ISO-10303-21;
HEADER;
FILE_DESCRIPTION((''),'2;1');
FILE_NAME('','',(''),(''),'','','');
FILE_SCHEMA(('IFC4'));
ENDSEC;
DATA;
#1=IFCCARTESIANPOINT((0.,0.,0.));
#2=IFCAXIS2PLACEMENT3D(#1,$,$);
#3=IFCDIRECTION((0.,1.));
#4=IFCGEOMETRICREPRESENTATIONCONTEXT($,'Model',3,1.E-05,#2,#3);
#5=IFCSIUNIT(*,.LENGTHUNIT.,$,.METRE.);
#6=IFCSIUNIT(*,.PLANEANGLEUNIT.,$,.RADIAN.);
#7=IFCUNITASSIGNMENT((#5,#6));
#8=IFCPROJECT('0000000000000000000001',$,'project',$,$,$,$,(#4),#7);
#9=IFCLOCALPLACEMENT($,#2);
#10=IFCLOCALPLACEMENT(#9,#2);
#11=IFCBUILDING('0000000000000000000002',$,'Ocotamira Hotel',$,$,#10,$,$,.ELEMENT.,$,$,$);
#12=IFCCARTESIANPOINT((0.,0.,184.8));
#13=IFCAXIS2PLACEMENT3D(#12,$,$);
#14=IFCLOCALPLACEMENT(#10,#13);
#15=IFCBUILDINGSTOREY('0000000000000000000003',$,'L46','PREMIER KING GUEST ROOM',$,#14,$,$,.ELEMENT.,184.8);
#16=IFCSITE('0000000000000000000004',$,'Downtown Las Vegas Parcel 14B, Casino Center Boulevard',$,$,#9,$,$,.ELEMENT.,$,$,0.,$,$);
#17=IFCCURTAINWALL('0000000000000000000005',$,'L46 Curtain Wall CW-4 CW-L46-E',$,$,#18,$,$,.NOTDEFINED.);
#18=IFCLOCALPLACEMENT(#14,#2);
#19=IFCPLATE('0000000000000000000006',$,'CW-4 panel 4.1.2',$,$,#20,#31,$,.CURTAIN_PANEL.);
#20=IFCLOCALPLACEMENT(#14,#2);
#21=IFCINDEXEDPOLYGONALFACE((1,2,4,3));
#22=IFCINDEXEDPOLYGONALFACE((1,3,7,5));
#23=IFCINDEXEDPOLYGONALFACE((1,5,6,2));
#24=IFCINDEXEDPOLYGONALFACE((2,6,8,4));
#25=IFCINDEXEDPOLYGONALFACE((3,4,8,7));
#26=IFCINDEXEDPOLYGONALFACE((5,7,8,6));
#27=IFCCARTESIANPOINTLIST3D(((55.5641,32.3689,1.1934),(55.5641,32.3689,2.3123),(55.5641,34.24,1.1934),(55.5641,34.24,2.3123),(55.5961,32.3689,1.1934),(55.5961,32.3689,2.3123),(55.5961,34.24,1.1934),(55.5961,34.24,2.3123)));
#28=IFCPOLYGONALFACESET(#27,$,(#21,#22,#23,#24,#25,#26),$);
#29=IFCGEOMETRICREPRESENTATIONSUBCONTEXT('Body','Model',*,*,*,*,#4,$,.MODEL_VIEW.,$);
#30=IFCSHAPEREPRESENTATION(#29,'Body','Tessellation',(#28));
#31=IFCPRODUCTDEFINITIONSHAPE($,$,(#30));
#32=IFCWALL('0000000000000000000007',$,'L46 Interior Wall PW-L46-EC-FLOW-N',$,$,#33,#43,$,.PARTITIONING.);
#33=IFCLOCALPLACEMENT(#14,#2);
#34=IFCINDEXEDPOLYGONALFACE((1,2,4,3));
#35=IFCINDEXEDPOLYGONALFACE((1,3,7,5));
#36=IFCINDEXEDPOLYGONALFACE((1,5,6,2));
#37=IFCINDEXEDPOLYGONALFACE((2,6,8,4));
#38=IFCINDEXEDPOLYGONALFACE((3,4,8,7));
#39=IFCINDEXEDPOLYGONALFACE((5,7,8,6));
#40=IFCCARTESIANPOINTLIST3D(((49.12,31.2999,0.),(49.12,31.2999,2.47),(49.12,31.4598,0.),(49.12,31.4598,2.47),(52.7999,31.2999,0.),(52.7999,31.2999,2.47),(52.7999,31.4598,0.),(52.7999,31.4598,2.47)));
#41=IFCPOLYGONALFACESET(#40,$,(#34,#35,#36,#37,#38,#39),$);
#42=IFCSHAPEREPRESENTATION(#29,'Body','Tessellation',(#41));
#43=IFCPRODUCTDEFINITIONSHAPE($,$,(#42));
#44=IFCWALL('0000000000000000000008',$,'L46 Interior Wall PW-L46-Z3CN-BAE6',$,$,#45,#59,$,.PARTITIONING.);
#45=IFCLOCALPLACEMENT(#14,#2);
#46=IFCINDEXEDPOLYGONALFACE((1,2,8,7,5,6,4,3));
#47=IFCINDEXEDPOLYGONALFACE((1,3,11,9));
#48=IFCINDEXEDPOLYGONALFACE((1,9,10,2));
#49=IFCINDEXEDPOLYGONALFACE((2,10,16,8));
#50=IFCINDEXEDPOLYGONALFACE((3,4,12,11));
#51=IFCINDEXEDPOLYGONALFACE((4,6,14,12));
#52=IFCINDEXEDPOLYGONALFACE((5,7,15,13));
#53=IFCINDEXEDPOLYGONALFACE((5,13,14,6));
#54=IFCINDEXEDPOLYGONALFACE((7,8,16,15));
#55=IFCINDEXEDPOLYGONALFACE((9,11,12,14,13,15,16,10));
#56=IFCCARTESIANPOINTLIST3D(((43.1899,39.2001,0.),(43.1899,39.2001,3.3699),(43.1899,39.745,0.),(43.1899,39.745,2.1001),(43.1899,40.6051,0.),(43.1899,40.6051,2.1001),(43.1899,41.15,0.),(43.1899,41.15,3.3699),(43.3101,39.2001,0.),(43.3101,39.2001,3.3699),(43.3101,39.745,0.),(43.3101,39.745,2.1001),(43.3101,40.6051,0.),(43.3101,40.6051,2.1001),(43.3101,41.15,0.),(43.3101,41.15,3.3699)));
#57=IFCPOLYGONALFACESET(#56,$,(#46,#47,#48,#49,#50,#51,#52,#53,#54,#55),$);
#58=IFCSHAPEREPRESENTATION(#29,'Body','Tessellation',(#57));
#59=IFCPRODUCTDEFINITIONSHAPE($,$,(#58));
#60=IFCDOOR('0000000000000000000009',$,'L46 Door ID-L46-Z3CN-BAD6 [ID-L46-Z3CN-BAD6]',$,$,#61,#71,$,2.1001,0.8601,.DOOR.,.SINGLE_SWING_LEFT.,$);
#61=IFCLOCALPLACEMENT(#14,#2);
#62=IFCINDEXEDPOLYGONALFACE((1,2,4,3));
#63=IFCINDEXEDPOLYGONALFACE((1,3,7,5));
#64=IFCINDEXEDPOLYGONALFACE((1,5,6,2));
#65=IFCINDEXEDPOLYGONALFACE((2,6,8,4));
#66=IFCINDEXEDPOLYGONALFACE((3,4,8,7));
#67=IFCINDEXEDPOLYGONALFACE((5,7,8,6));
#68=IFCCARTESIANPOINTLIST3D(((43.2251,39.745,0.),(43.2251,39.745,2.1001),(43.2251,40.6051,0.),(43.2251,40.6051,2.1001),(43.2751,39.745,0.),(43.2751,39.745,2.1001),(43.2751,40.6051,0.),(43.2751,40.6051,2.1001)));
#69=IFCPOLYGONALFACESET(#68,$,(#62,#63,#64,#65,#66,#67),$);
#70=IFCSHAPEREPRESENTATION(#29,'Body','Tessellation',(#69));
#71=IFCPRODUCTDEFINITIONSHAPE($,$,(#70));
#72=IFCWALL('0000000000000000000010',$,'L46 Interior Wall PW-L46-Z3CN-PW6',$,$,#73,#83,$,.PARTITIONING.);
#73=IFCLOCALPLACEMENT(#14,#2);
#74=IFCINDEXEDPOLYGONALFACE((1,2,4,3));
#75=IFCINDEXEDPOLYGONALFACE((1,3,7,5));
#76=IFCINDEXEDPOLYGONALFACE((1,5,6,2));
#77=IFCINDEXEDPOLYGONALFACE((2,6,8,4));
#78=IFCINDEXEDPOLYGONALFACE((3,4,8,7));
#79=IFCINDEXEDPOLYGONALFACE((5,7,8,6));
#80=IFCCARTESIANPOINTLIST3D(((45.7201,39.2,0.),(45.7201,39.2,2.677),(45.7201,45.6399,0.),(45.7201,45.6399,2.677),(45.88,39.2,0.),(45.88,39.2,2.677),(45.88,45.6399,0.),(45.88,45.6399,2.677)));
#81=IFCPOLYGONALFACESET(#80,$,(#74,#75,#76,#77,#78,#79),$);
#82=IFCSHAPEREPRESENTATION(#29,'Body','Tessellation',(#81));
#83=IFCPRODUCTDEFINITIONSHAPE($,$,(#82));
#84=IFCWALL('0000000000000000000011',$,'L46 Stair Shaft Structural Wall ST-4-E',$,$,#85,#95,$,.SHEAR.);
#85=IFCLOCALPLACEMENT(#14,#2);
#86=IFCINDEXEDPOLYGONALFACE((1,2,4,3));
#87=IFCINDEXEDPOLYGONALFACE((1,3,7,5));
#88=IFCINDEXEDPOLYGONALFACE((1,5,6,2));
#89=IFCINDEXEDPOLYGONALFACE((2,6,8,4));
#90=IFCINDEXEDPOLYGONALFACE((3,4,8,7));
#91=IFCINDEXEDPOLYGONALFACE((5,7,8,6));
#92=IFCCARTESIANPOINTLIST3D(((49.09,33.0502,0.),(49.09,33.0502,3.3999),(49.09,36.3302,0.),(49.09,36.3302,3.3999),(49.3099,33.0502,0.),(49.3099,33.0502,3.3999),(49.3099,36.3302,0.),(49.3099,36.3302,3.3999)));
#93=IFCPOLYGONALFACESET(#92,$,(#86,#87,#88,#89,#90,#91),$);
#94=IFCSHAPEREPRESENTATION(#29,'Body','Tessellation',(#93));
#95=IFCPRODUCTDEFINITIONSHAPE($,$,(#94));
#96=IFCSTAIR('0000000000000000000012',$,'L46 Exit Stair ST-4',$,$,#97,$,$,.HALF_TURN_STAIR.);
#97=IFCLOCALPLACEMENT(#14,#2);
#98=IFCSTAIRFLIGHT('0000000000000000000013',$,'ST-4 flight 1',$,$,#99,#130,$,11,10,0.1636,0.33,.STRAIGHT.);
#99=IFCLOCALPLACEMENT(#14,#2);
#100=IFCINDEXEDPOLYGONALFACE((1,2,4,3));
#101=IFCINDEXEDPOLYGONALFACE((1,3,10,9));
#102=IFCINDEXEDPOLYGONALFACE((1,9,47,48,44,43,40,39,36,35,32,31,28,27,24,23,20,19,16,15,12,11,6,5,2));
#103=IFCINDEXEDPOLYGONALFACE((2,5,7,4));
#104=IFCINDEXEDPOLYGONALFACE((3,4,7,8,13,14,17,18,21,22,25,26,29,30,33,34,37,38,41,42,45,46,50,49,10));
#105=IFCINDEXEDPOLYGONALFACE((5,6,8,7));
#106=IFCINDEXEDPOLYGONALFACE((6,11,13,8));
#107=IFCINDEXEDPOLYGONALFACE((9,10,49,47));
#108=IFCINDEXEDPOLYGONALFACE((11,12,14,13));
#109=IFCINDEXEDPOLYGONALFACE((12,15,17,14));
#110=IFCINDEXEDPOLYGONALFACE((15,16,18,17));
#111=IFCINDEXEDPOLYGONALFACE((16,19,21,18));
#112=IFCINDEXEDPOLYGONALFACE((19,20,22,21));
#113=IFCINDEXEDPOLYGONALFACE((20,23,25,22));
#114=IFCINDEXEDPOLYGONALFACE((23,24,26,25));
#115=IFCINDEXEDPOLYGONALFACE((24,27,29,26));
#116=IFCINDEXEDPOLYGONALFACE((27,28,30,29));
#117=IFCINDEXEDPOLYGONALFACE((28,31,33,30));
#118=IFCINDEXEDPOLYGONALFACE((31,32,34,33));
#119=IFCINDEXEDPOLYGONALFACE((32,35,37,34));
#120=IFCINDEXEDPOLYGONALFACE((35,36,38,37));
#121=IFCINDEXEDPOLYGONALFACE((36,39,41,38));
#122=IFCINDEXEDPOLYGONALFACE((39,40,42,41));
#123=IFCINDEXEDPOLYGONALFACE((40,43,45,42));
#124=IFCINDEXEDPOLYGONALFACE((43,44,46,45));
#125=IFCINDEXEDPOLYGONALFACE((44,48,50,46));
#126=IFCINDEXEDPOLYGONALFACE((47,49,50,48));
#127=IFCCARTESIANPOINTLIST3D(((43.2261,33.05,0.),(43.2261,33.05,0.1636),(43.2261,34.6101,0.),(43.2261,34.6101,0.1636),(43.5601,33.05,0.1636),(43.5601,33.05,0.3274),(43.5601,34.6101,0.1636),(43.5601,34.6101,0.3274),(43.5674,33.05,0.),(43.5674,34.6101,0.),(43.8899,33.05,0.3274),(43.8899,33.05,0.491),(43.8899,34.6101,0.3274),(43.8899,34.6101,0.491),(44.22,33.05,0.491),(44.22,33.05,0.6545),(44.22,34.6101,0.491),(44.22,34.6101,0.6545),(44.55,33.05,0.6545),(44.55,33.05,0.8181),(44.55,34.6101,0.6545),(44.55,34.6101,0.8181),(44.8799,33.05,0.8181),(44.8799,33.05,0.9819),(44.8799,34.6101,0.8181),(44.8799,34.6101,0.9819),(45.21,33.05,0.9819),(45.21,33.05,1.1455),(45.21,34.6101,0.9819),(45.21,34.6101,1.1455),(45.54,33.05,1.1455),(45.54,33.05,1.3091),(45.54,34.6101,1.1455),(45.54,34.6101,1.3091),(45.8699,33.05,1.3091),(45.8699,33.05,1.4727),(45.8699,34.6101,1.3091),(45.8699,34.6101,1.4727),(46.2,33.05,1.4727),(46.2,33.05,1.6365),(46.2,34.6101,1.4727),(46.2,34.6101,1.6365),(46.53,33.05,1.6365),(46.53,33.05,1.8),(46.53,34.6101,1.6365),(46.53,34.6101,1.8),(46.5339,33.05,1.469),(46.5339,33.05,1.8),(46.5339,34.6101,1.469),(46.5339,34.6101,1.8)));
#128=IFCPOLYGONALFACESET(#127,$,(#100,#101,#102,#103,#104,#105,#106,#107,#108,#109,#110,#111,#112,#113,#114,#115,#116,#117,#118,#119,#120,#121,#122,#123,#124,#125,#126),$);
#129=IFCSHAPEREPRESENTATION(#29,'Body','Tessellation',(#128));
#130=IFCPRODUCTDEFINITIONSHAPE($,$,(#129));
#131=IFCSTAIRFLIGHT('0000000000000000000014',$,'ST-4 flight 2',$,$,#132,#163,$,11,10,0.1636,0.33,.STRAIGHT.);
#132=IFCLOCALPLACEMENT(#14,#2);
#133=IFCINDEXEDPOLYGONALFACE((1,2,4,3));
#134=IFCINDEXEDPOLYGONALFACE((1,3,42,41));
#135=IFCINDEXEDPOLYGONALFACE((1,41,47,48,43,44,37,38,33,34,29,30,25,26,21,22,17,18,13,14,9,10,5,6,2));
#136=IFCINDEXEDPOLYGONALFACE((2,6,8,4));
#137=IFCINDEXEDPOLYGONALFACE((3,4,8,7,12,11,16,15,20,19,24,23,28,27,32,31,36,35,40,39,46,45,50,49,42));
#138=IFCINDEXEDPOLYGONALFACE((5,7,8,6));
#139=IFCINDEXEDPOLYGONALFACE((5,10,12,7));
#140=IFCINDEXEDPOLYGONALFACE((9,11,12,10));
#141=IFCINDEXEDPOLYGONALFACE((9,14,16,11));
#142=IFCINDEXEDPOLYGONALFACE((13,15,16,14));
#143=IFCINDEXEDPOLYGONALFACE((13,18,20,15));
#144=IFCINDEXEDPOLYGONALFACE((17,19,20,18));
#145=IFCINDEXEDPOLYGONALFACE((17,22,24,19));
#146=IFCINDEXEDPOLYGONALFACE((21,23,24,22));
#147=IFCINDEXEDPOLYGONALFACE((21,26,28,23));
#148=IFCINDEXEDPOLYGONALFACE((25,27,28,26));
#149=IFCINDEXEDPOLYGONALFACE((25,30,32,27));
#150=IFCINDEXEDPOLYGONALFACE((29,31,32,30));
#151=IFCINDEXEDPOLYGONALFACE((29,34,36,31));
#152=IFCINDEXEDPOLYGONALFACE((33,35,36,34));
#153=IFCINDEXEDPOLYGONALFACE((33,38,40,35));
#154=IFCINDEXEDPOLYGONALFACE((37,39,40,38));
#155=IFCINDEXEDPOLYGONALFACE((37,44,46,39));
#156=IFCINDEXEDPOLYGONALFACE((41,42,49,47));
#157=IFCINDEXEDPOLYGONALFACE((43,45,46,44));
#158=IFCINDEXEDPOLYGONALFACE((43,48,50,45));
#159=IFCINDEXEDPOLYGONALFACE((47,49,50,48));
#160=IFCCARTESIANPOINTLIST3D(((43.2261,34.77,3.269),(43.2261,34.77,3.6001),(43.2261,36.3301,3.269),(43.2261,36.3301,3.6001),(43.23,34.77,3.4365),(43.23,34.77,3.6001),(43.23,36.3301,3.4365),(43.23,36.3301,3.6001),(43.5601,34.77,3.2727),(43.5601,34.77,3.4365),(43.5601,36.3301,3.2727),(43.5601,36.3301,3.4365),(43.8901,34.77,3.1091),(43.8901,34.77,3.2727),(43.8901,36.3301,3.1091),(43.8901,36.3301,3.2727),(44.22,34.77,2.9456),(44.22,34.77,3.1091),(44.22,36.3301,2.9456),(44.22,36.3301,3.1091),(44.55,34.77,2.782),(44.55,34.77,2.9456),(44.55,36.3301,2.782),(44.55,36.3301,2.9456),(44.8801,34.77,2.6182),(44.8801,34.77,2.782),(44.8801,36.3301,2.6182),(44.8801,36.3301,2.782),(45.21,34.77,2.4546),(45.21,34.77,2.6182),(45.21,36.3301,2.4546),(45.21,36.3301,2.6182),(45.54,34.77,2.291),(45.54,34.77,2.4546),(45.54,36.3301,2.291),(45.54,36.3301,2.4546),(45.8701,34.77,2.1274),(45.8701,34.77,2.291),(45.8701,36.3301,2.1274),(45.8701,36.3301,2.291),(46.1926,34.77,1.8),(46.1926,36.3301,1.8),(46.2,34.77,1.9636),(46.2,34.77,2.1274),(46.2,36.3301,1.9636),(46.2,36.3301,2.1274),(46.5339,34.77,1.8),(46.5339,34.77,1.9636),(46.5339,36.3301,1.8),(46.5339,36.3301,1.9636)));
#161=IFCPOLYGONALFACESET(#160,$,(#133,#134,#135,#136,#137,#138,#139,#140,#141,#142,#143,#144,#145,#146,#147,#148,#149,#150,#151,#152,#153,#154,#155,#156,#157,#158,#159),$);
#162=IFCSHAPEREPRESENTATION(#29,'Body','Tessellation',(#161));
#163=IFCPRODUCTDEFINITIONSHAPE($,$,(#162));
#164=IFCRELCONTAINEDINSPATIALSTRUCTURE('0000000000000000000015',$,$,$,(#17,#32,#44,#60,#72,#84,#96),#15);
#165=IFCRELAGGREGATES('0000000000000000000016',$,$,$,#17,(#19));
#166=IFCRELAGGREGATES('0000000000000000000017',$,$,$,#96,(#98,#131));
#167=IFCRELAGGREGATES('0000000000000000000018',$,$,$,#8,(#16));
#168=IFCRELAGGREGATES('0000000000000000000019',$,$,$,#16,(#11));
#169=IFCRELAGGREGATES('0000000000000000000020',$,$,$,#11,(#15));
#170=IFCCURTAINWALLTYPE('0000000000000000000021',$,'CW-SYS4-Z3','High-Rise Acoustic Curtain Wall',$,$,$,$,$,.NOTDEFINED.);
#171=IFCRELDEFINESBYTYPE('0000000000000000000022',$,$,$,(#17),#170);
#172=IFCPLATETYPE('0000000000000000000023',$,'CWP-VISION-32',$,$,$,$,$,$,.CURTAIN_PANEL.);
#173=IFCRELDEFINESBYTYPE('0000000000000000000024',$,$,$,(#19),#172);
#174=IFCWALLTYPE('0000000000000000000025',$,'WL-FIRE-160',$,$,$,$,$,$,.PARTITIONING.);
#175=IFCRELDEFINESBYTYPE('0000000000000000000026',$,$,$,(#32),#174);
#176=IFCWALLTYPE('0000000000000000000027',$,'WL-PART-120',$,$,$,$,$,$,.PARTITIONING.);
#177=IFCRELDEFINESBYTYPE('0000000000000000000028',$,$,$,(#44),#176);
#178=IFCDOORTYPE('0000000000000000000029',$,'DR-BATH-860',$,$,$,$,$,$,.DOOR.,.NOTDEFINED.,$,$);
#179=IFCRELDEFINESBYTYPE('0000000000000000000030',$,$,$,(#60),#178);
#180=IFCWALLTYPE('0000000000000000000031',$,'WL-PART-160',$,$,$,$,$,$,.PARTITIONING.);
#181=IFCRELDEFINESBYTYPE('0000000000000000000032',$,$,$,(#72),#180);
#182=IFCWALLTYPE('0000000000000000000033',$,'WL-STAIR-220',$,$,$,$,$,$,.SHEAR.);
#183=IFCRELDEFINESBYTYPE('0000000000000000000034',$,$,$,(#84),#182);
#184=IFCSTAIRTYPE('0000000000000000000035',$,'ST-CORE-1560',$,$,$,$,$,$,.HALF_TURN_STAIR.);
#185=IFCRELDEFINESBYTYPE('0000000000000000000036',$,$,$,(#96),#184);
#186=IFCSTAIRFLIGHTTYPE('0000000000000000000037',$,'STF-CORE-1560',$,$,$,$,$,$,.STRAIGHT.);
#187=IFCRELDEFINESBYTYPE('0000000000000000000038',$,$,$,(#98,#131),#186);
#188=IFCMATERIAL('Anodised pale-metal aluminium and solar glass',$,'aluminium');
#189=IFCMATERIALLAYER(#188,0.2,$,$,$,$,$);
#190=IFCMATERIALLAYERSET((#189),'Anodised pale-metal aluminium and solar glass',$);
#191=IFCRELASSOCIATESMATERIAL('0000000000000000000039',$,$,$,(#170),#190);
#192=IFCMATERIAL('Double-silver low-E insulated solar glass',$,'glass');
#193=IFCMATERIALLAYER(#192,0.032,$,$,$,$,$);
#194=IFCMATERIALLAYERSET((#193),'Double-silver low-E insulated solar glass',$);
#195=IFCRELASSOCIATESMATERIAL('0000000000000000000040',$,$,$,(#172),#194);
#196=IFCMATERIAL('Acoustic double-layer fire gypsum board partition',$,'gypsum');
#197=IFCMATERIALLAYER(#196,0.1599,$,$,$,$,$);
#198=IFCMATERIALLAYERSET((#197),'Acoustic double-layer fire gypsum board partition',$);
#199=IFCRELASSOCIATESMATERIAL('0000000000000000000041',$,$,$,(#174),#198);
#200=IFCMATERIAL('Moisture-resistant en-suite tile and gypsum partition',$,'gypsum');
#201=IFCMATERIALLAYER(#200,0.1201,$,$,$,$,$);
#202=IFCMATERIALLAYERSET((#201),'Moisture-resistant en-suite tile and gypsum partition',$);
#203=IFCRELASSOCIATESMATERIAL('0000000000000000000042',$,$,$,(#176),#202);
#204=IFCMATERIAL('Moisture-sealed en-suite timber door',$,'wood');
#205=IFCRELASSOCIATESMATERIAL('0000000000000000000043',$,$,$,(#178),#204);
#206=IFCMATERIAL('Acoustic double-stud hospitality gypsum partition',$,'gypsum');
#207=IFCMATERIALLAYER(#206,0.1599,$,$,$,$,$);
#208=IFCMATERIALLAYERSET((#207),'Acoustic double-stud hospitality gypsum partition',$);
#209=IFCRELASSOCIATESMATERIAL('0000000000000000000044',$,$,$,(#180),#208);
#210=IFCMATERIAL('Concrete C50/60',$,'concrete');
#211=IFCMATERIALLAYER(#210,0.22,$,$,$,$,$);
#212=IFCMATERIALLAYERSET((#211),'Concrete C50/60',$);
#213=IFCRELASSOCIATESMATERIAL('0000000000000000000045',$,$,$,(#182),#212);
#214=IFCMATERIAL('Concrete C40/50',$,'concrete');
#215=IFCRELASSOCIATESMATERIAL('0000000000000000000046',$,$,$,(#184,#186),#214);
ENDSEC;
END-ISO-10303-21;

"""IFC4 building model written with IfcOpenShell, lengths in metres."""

from ifc_helpers import new_model, si_unit, direction, frame, frame_2d, origin, origin_2d, place, context, subcontext, project, spatial, polyline, rectangle, outline, extrude, source, transform, mapped, material, layer, layer_set, type_object, element, fill, aggregate, save


model = new_model("IFC4")

# Units and contexts
model_context = context("Model", 3, precision=1e-05, world=origin(), true_north=direction((0.0, 1.0)))
body_context = subcontext(model_context, "Body", "Model", "MODEL_VIEW")
ifc_project = project(units=[si_unit("LENGTHUNIT", "METRE"), si_unit("PLANEANGLEUNIT", "RADIAN")], contexts=[model_context])

# Site, building, storey
site_placement = place(None, origin())
site = spatial("IfcSite", under=ifc_project, at=site_placement, Name="Downtown Las Vegas Parcel 14B, Casino Center Boulevard", CompositionType="ELEMENT", RefElevation=0.0)
building_placement = place(site_placement, origin())
building = spatial("IfcBuilding", under=site, at=building_placement, Name="Ocotamira Hotel", CompositionType="ELEMENT")
storey_placement = place(building_placement, frame((0.0, 0.0, 184.8)))
storey = spatial("IfcBuildingStorey", under=building, at=storey_placement, Name="L46", Description="PREMIER KING GUEST ROOM", CompositionType="ELEMENT", Elevation=184.8)

# Curtain wall
ifc_material_1 = material(Name="Anodised pale-metal aluminium and solar glass", Category="aluminium")
ifc_layer_1 = layer(ifc_material_1, 0.2)
ifc_layer_set_1 = layer_set([ifc_layer_1], Name="Anodised pale-metal aluminium and solar glass")
curtain_wall_type = type_object("IfcCurtainWallType", Name="CW-SYS4-Z3", Description="High-Rise Acoustic Curtain Wall", PredefinedType="NOTDEFINED", material=ifc_layer_set_1)
curtain_wall_placement = place(storey_placement, origin())
curtain_wall = element("IfcCurtainWall", 1, at=curtain_wall_placement, inside=storey, type_object=curtain_wall_type, Name="L46 Curtain Wall CW-4 CW-L46-E", PredefinedType="NOTDEFINED")

# Plate
ifc_material_2 = material(Name="Double-silver low-E insulated solar glass", Category="glass")
ifc_layer_2 = layer(ifc_material_2, 0.032)
ifc_layer_set_2 = layer_set([ifc_layer_2], Name="Double-silver low-E insulated solar glass")
plate_type_1 = type_object("IfcPlateType", Name="CWP-VISION-32", PredefinedType="CURTAIN_PANEL", material=ifc_layer_set_2)
shared_shape_1 = source(origin(), body_context, "Body", "SweptSolid", [
    extrude(rectangle(XDim=1.8711, YDim=0.032, at=origin_2d()), origin(), (0.0, 0.0, 1.0), 1.1189),
])
plate_1_placement = place(storey_placement, frame((55.5801, 33.3044, 1.1934), z_axis=(0.0, 0.0, 1.0), x_axis=(0.0, 1.0, 0.0)))
plate_1 = element("IfcPlate", 2, at=plate_1_placement, type_object=plate_type_1, Name="CW-4 panel 4.1.2", PredefinedType="CURTAIN_PANEL", context=body_context, shape_type="MappedRepresentation", body=[
    mapped(shared_shape_1, transform((0.0, 0.0, 0.0), scale=1.0)),
])
aggregate(curtain_wall, [plate_1])

# Wall
ifc_material_3 = material(Name="Acoustic double-layer fire gypsum board partition", Category="gypsum")
ifc_layer_3 = layer(ifc_material_3, 0.1599)
ifc_layer_set_3 = layer_set([ifc_layer_3], Name="Acoustic double-layer fire gypsum board partition")
wall_type_1 = type_object("IfcWallType", Name="WL-FIRE-160", PredefinedType="PARTITIONING", material=ifc_layer_set_3)
wall_1_placement = place(storey_placement, frame((49.1201, 31.3799, 0.0), z_axis=(0.0, 0.0, 1.0), x_axis=(1.0, 0.0, 0.0)))
element("IfcWall", 3, at=wall_1_placement, inside=storey, type_object=wall_type_1, Name="L46 Interior Wall PW-L46-EC-FLOW-N", PredefinedType="PARTITIONING", context=body_context, shape_type="SweptSolid", body=[
    extrude(rectangle(XDim=3.6799, YDim=0.1599, at=frame_2d((1.8398, 0.0))), origin(), (0.0, 0.0, 1.0), 2.47),
])

# Wall, opening, door
ifc_material_4 = material(Name="Moisture-resistant en-suite tile and gypsum partition", Category="gypsum")
ifc_layer_4 = layer(ifc_material_4, 0.1201)
ifc_layer_set_4 = layer_set([ifc_layer_4], Name="Moisture-resistant en-suite tile and gypsum partition")
wall_type_2 = type_object("IfcWallType", Name="WL-PART-120", PredefinedType="PARTITIONING", material=ifc_layer_set_4)
wall_2_placement = place(storey_placement, frame((43.25, 39.2, 0.0), z_axis=(0.0, 0.0, 1.0), x_axis=(0.0, 1.0, 0.0)))
wall_2 = element("IfcWall", 4, at=wall_2_placement, inside=storey, type_object=wall_type_2, Name="L46 Interior Wall PW-L46-Z3CN-BAE6", PredefinedType="PARTITIONING", context=body_context, shape_type="SweptSolid", body=[
    extrude(rectangle(XDim=1.95, YDim=0.1201, at=frame_2d((0.9751, 0.0))), origin(), (0.0, 0.0, 1.0), 3.3699),
])
opening_1_placement = place(wall_2_placement, frame((0.5449, 0.0, 0.0)))
opening_1 = element("IfcOpeningElement", 5, at=opening_1_placement, cuts=wall_2, PredefinedType="OPENING", context=body_context, shape_type="SweptSolid", body=[
    extrude(rectangle(XDim=0.8601, YDim=2.1001, at=frame_2d((0.4302, 1.05))), frame((0.0, 0.0701, 0.0), z_axis=(0.0, -1.0, 0.0), x_axis=(1.0, 0.0, 0.0)), (0.0, 0.0, 1.0), 0.1401),
])
ifc_material_5 = material(Name="Moisture-sealed en-suite timber door", Category="wood")
door_type_1 = type_object("IfcDoorType", Name="DR-BATH-860", OperationType="NOTDEFINED", PredefinedType="DOOR", material=ifc_material_5)
shared_shape_2 = source(origin(), body_context, "Body", "SweptSolid", [
    extrude(rectangle(XDim=0.8601, YDim=2.1001, at=frame_2d((0.4302, 1.05))), frame((0.0, 0.0249, 0.0), z_axis=(0.0, -1.0, 0.0), x_axis=(1.0, 0.0, 0.0)), (0.0, 0.0, 1.0), 0.05),
])
door_1_placement = place(opening_1_placement, origin())
door_1 = element("IfcDoor", 6, at=door_1_placement, inside=storey, type_object=door_type_1, Name="L46 Door ID-L46-Z3CN-BAD6 [ID-L46-Z3CN-BAD6]", OperationType="SINGLE_SWING_LEFT", OverallHeight=2.1001, OverallWidth=0.8601, PredefinedType="DOOR", context=body_context, shape_type="MappedRepresentation", body=[
    mapped(shared_shape_2, transform((0.0, 0.0, 0.0), scale=1.0)),
])
fill(opening_1, door_1)

# Walls
ifc_material_6 = material(Name="Acoustic double-stud hospitality gypsum partition", Category="gypsum")
ifc_layer_5 = layer(ifc_material_6, 0.1599)
ifc_layer_set_5 = layer_set([ifc_layer_5], Name="Acoustic double-stud hospitality gypsum partition")
wall_type_3 = type_object("IfcWallType", Name="WL-PART-160", PredefinedType="PARTITIONING", material=ifc_layer_set_5)
wall_3_placement = place(storey_placement, frame((45.8, 39.2, 0.0), z_axis=(0.0, 0.0, 1.0), x_axis=(0.0, 1.0, 0.0)))
element("IfcWall", 7, at=wall_3_placement, inside=storey, type_object=wall_type_3, Name="L46 Interior Wall PW-L46-Z3CN-PW6", PredefinedType="PARTITIONING", context=body_context, shape_type="SweptSolid", body=[
    extrude(rectangle(XDim=6.4399, YDim=0.1599, at=frame_2d((3.22, 0.0))), origin(), (0.0, 0.0, 1.0), 2.677),
])
ifc_material_7 = material(Name="Concrete C50/60", Category="concrete")
ifc_layer_6 = layer(ifc_material_7, 0.22)
ifc_layer_set_6 = layer_set([ifc_layer_6], Name="Concrete C50/60")
wall_type_4 = type_object("IfcWallType", Name="WL-STAIR-220", PredefinedType="SHEAR", material=ifc_layer_set_6)
wall_4_placement = place(storey_placement, frame((49.2, 33.05, 0.0), z_axis=(0.0, 0.0, 1.0), x_axis=(0.0, 1.0, 0.0)))
element("IfcWall", 8, at=wall_4_placement, inside=storey, type_object=wall_type_4, Name="L46 Stair Shaft Structural Wall ST-4-E", PredefinedType="SHEAR", context=body_context, shape_type="SweptSolid", body=[
    extrude(rectangle(XDim=3.28, YDim=0.22, at=frame_2d((1.6401, 0.0))), origin(), (0.0, 0.0, 1.0), 3.3999),
])

# Stair, stair flights
ifc_material_8 = material(Name="Concrete C40/50", Category="concrete")
stair_type = type_object("IfcStairType", Name="ST-CORE-1560", PredefinedType="HALF_TURN_STAIR", material=ifc_material_8)
stair_placement = place(storey_placement, origin())
stair = element("IfcStair", 9, at=stair_placement, inside=storey, type_object=stair_type, Name="L46 Exit Stair ST-4", PredefinedType="HALF_TURN_STAIR")
stair_flight_type = type_object("IfcStairFlightType", Name="STF-CORE-1560", PredefinedType="STRAIGHT", material=ifc_material_8)
shared_shape_3 = source(origin(), body_context, "Body", "SweptSolid", [
    extrude(outline(polyline([(-0.0039, 0.0), (-0.0039, 0.1636), (0.3301, 0.1636), (0.3301, 0.3274), (0.6599, 0.3274), (0.6599, 0.491), (0.99, 0.491), (0.99, 0.6545), (1.3201, 0.6545), (1.3201, 0.8181), (1.6499, 0.8181), (1.6499, 0.9819), (1.98, 0.9819), (1.98, 1.1455), (2.3101, 1.1455), (2.3101, 1.3091), (2.6399, 1.3091), (2.6399, 1.4727), (2.97, 1.4727), (2.97, 1.6365), (3.3, 1.6365), (3.3, 1.8), (3.304, 1.8), (3.304, 1.469), (0.3374, 0.0), (-0.0039, 0.0)])), frame((0.0, 0.78, 0.0), z_axis=(0.0, -1.0, 0.0), x_axis=(1.0, 0.0, 0.0)), (0.0, 0.0, 1.0), 1.5601),
])
stair_flight_1_placement = place(storey_placement, frame((43.23, 33.8301, 0.0), z_axis=(0.0, 0.0, 1.0), x_axis=(1.0, 0.0, 0.0)))
stair_flight_1 = element("IfcStairFlight", 10, at=stair_flight_1_placement, type_object=stair_flight_type, Name="ST-4 flight 1", NumberOfRisers=11, NumberOfTreads=10, PredefinedType="STRAIGHT", RiserHeight=0.1636, TreadLength=0.33, context=body_context, shape_type="MappedRepresentation", body=[
    mapped(shared_shape_3, transform((0.0, 0.0, 0.0), scale=1.0)),
])
stair_flight_2_placement = place(storey_placement, frame((46.53, 35.55, 1.8), z_axis=(0.0, 0.0, 1.0), x_axis=(-1.0, 0.0, 0.0)))
stair_flight_2 = element("IfcStairFlight", 11, at=stair_flight_2_placement, type_object=stair_flight_type, Name="ST-4 flight 2", NumberOfRisers=11, NumberOfTreads=10, PredefinedType="STRAIGHT", RiserHeight=0.1636, TreadLength=0.33, context=body_context, shape_type="MappedRepresentation", body=[
    mapped(shared_shape_3, transform((0.0, 0.0, 0.0), scale=1.0)),
])
aggregate(stair, [stair_flight_1, stair_flight_2])

save(model, "model.ifc")
